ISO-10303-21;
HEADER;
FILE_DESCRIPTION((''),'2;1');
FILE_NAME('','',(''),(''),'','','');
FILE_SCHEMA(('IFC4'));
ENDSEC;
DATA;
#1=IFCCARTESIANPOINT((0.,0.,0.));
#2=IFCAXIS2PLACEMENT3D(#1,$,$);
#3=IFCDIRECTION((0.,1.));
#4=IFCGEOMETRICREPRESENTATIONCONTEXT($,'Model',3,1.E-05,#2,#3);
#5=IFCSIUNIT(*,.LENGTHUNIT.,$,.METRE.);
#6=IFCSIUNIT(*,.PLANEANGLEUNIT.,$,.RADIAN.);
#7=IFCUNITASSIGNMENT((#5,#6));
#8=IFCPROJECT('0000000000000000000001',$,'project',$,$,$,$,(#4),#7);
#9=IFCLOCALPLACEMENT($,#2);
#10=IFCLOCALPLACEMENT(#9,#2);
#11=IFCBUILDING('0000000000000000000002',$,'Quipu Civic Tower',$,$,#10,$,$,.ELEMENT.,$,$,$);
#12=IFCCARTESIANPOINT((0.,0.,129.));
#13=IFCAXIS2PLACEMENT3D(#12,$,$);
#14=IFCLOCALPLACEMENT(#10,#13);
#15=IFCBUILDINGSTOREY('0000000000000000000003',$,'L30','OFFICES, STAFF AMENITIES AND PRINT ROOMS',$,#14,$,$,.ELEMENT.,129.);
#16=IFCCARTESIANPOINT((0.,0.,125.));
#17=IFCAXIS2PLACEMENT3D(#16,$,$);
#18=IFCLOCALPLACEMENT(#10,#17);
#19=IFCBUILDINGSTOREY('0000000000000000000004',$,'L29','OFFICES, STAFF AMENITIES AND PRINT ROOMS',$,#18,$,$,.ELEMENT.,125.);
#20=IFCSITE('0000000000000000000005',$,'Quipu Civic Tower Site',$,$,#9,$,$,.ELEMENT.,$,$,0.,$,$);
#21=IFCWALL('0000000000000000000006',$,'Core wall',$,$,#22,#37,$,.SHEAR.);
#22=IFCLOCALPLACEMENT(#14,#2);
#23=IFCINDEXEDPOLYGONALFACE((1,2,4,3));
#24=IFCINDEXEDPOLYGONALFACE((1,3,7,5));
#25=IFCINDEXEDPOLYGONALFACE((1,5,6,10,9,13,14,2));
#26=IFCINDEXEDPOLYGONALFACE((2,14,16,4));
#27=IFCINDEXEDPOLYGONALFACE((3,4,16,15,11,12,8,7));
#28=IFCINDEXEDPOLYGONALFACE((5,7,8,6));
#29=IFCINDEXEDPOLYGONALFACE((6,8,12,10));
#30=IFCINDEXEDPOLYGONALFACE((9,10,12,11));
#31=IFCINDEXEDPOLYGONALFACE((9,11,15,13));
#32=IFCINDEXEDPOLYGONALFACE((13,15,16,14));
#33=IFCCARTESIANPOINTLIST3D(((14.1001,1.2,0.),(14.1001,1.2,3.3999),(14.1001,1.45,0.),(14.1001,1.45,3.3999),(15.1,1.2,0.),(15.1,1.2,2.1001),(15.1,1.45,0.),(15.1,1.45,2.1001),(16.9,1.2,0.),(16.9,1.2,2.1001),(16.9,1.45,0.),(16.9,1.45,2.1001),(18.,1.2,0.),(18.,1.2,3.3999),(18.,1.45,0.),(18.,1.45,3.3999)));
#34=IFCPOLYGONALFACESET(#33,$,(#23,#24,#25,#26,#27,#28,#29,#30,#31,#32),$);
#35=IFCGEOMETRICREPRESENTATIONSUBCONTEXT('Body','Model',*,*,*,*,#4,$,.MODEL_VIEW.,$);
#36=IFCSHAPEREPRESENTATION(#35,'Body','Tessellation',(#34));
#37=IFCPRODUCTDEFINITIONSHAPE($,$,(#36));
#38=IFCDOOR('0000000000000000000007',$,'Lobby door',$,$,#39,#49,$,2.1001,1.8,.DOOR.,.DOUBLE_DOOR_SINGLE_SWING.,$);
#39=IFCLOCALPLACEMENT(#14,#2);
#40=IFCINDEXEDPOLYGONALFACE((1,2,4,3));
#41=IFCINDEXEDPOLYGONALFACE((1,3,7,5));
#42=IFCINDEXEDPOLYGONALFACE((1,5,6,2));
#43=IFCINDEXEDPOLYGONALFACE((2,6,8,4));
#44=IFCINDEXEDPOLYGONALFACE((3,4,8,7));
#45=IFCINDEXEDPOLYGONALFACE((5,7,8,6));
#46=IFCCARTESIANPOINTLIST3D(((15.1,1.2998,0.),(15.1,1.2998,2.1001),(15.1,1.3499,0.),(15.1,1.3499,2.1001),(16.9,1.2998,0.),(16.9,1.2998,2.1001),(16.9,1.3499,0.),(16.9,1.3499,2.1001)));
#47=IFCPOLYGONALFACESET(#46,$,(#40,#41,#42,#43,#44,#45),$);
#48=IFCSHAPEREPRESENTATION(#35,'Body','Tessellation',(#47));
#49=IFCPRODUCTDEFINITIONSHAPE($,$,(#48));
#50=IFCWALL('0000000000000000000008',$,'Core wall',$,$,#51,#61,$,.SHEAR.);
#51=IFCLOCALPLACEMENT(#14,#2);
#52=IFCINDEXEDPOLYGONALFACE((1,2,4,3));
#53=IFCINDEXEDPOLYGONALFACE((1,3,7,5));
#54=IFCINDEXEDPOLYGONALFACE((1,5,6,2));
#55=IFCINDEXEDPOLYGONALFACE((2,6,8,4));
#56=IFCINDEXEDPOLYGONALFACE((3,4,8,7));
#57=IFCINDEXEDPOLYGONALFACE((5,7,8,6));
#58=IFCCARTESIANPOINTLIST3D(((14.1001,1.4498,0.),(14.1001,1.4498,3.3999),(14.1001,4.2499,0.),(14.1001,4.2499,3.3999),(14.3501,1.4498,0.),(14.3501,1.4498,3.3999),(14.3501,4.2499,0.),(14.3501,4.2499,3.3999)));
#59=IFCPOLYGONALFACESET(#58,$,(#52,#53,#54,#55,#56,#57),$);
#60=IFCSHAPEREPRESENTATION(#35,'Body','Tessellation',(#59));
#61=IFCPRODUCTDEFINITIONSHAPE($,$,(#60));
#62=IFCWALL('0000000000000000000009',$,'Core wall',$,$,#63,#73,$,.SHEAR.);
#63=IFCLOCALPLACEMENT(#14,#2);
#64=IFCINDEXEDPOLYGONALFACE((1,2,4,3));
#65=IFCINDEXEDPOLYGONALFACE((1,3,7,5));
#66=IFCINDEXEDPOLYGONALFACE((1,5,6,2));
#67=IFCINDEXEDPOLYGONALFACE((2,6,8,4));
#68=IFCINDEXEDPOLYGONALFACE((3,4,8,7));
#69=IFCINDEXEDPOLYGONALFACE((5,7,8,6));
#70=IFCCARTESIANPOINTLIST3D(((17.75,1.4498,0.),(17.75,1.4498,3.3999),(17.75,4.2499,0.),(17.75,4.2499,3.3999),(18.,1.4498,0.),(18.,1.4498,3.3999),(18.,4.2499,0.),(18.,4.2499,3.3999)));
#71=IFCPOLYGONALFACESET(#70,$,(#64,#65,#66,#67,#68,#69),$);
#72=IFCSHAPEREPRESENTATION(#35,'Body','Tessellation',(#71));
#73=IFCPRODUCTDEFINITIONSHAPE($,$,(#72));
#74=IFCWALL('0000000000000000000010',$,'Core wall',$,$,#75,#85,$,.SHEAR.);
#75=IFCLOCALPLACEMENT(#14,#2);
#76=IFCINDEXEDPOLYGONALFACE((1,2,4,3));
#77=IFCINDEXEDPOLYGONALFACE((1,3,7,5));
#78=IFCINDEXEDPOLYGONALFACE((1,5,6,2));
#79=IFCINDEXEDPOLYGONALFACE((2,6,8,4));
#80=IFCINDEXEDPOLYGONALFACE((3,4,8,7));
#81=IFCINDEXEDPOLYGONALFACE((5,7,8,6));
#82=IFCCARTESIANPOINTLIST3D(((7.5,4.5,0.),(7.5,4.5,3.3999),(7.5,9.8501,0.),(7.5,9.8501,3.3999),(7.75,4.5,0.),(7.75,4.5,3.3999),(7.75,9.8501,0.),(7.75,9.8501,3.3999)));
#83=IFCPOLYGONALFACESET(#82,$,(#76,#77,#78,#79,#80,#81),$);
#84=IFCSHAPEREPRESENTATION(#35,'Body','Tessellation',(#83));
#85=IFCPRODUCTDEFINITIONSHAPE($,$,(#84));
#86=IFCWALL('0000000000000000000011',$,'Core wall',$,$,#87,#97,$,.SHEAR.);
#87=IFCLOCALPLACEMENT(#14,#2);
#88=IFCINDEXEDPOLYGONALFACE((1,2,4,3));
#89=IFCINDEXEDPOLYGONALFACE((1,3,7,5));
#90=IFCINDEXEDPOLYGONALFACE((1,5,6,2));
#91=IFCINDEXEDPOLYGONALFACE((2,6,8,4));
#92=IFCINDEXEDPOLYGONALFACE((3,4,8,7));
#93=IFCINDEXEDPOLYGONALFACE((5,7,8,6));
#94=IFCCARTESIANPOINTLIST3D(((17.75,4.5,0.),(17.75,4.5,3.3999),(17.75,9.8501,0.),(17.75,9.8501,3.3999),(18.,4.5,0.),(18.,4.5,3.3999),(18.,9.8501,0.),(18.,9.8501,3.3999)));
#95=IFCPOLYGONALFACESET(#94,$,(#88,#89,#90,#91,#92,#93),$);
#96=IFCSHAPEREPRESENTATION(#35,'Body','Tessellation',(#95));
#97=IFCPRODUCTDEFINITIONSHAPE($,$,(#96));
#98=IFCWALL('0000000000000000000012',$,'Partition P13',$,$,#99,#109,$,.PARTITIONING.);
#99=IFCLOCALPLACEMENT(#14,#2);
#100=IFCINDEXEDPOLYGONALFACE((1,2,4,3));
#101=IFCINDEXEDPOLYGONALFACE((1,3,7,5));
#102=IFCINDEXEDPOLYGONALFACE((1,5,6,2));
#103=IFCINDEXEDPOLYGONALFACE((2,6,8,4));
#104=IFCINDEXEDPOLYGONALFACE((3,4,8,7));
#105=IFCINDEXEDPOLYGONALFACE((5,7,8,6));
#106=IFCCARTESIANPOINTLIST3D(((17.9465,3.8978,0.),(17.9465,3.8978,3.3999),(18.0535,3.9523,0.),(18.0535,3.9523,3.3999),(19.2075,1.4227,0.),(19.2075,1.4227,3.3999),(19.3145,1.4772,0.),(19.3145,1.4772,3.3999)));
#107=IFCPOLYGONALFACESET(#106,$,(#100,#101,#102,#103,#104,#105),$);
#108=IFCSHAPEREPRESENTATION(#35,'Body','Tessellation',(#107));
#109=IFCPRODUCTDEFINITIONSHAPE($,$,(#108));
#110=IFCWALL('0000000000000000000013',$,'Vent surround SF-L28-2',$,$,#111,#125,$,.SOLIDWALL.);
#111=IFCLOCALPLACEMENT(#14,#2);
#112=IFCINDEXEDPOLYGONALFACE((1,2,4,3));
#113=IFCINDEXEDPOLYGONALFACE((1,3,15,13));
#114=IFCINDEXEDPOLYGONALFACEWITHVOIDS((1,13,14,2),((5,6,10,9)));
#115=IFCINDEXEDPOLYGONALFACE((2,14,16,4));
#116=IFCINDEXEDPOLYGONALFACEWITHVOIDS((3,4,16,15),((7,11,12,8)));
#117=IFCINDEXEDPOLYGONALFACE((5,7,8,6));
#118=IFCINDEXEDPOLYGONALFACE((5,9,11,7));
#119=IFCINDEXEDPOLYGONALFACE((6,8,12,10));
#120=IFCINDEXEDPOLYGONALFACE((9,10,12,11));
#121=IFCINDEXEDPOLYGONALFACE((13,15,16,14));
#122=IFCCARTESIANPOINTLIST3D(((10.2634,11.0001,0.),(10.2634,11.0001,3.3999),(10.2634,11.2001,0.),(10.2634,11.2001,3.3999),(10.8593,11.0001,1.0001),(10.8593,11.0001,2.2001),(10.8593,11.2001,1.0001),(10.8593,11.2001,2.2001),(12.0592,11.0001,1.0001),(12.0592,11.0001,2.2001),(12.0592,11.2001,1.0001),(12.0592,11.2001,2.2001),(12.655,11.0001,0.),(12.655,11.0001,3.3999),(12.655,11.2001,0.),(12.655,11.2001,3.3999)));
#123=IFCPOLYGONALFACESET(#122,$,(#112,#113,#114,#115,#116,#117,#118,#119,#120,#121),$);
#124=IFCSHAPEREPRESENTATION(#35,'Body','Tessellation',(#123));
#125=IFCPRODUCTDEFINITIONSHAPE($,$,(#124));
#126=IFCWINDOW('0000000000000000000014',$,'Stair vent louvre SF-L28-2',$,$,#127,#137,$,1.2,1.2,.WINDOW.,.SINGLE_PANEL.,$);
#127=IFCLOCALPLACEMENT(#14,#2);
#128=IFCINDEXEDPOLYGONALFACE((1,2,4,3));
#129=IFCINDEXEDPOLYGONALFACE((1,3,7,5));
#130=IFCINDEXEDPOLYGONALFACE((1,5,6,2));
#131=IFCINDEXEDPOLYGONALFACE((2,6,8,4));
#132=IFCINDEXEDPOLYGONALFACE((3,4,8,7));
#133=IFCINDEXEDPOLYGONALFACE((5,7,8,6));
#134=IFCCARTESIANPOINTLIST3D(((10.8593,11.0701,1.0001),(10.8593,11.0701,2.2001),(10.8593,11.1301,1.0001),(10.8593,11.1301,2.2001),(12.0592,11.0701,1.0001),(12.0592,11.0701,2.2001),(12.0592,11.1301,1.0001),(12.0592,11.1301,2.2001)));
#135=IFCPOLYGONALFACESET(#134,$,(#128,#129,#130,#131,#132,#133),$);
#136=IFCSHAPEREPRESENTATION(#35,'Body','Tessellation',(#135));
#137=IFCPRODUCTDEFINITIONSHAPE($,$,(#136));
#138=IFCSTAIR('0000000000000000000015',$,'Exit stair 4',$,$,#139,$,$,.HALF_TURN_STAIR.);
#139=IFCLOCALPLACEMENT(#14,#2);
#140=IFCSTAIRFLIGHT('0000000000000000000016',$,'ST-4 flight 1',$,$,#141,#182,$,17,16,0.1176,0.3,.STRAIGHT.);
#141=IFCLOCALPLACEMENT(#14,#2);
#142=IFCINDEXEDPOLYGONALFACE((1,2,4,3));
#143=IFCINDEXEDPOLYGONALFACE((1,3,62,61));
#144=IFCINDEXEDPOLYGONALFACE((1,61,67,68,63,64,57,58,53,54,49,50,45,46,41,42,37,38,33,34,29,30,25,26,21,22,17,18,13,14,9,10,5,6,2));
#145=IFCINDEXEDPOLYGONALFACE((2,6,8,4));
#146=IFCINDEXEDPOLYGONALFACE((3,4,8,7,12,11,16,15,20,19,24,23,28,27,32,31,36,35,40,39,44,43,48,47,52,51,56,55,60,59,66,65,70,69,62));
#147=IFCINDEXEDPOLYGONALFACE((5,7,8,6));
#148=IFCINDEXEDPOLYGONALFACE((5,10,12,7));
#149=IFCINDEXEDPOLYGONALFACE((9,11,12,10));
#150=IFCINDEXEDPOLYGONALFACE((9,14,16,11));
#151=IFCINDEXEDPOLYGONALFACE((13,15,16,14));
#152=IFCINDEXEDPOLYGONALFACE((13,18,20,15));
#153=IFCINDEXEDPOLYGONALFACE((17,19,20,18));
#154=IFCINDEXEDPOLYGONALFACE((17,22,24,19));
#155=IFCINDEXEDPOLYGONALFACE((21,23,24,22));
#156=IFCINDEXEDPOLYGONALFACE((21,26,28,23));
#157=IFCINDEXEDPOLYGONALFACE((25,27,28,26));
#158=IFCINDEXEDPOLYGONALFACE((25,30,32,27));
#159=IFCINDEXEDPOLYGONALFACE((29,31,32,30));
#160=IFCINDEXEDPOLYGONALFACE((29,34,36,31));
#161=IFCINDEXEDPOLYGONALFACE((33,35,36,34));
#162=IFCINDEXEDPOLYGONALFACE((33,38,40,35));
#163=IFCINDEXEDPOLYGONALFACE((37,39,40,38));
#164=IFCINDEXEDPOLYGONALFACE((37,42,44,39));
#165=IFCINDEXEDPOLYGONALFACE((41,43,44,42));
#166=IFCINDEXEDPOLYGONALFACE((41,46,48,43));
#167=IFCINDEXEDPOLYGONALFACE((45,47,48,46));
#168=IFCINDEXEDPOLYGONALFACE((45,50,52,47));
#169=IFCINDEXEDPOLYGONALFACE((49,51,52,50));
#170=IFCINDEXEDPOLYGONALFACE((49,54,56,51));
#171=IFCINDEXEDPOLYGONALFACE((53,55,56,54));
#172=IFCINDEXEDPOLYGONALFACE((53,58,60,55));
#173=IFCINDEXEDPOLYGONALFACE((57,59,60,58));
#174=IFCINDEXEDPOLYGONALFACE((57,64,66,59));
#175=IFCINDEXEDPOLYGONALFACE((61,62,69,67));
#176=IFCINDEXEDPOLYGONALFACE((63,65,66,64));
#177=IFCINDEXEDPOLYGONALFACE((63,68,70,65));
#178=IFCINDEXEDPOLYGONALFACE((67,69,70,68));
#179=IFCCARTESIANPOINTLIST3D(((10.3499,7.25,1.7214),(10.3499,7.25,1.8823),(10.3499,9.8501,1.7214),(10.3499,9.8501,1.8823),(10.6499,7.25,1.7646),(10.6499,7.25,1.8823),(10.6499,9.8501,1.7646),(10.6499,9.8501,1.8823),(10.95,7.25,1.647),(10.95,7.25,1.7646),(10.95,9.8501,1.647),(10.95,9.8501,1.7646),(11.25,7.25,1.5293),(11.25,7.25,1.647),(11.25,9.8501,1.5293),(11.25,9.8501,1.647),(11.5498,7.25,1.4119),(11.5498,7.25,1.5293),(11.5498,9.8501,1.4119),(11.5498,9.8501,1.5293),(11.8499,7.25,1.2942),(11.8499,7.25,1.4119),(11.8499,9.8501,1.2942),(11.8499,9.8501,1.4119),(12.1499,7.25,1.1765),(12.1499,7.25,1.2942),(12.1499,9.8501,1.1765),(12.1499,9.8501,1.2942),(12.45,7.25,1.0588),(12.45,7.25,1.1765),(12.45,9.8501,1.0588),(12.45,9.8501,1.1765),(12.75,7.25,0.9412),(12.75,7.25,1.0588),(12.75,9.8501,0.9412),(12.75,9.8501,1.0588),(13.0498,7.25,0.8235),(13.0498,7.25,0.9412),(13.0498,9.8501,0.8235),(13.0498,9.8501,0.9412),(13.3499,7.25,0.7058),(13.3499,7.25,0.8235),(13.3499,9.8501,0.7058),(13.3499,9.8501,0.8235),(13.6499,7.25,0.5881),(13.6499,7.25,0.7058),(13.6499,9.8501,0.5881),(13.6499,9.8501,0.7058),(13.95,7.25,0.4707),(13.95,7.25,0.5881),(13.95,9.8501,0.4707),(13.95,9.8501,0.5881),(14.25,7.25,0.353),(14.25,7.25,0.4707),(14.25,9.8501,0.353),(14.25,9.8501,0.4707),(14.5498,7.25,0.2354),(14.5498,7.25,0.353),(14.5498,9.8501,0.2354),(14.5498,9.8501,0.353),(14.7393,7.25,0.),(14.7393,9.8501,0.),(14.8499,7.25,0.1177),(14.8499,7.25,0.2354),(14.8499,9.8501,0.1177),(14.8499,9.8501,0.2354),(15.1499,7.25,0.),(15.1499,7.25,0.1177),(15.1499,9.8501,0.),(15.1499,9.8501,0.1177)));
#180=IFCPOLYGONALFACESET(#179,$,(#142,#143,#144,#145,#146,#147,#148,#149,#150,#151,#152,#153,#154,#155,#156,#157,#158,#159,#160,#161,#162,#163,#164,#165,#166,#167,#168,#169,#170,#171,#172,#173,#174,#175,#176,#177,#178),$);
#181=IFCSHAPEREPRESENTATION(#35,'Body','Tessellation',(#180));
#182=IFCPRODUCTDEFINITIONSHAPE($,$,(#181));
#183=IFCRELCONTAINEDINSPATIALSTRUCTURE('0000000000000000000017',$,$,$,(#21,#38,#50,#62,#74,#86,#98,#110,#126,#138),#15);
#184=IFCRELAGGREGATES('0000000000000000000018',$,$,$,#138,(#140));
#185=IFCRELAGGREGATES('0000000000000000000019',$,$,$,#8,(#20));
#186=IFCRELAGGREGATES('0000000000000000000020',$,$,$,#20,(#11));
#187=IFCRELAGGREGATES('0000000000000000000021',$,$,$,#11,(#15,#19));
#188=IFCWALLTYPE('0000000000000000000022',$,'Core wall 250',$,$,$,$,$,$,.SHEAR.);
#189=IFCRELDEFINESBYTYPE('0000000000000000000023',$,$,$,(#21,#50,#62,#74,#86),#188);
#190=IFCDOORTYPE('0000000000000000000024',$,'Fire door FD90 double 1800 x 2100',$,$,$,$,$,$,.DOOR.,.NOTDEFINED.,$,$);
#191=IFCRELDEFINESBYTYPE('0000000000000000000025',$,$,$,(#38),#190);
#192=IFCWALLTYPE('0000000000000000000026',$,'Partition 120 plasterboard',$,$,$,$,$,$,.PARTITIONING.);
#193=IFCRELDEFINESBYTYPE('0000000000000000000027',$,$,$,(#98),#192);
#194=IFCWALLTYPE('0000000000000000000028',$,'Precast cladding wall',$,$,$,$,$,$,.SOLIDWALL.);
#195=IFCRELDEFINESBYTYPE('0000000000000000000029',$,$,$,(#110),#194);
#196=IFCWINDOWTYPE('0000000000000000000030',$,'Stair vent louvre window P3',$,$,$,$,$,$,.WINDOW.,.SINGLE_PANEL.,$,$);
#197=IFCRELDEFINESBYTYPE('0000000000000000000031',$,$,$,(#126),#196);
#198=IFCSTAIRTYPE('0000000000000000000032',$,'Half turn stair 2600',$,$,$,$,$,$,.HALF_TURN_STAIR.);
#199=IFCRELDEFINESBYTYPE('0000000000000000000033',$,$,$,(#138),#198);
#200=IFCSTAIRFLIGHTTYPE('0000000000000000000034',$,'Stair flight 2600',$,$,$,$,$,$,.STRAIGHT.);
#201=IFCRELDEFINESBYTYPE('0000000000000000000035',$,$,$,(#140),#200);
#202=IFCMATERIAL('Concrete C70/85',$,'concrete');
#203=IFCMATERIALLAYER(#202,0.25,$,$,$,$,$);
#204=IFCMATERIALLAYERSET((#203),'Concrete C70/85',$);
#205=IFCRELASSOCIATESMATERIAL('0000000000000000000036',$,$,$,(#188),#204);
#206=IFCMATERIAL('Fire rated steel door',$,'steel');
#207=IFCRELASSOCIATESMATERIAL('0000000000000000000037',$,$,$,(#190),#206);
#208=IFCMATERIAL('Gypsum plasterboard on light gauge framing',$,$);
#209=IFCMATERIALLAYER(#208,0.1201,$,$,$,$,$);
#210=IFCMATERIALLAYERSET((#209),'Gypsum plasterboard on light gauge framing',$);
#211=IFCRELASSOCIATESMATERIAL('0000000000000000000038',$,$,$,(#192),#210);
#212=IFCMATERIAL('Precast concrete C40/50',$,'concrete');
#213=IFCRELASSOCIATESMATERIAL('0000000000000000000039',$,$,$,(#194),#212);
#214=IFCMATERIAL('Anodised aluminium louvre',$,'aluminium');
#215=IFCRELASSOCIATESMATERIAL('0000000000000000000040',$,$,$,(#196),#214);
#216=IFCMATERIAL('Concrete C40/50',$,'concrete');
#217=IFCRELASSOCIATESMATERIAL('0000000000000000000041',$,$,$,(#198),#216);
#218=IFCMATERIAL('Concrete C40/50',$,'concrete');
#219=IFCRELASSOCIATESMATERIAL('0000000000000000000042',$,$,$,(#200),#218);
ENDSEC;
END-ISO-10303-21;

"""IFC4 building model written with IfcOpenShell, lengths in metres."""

from ifc_helpers import new_model, si_unit, direction, frame, frame_2d, origin, place, context, subcontext, project, spatial, polyline, rectangle, outline, extrude, material, layer, layer_set, type_object, element, fill, aggregate, save


model = new_model("IFC4")

# Units and contexts
model_context = context("Model", 3, precision=1e-05, world=origin(), true_north=direction((0.0, 1.0)))
body_context = subcontext(model_context, "Body", "Model", "MODEL_VIEW")
ifc_project = project(units=[si_unit("LENGTHUNIT", "METRE"), si_unit("PLANEANGLEUNIT", "RADIAN")], contexts=[model_context])

# Site, building, storey
site_placement = place(None, origin())
site = spatial("IfcSite", under=ifc_project, at=site_placement, Name="Quipu Civic Tower Site", CompositionType="ELEMENT", RefElevation=0.0)
building_placement = place(site_placement, origin())
building = spatial("IfcBuilding", under=site, at=building_placement, Name="Quipu Civic Tower", CompositionType="ELEMENT")
storey_1_placement = place(building_placement, frame((0.0, 0.0, 129.0)))
storey_1 = spatial("IfcBuildingStorey", under=building, at=storey_1_placement, Name="L30", Description="OFFICES, STAFF AMENITIES AND PRINT ROOMS", CompositionType="ELEMENT", Elevation=129.0)

# Shared definitions
storey_2_placement = place(building_placement, frame((0.0, 0.0, 125.0)))
storey_2 = spatial("IfcBuildingStorey", under=building, at=storey_2_placement, Name="L29", Description="OFFICES, STAFF AMENITIES AND PRINT ROOMS", CompositionType="ELEMENT", Elevation=125.0)

# Wall, opening, door
ifc_material_1 = material(Name="Concrete C70/85", Category="concrete")
ifc_layer_1 = layer(ifc_material_1, 0.25)
ifc_layer_set_1 = layer_set([ifc_layer_1], Name="Concrete C70/85")
wall_type_1 = type_object("IfcWallType", Name="Core wall 250", PredefinedType="SHEAR", material=ifc_layer_set_1)
wall_1_placement = place(storey_1_placement, frame((14.1001, 1.325, 0.0), z_axis=(0.0, 0.0, 1.0), x_axis=(1.0, 0.0, 0.0)))
wall_1 = element("IfcWall", 1, at=wall_1_placement, inside=storey_1, type_object=wall_type_1, Name="Core wall", PredefinedType="SHEAR", context=body_context, shape_type="SweptSolid", body=[
    extrude(rectangle(XDim=3.8999, YDim=0.25, at=frame_2d((1.95, 0.0))), origin(), (0.0, 0.0, 1.0), 3.3999),
])
opening_1_placement = place(wall_1_placement, frame((1.0, 0.0, 0.0)))
opening_1 = element("IfcOpeningElement", 2, at=opening_1_placement, cuts=wall_1, PredefinedType="OPENING", context=body_context, shape_type="SweptSolid", body=[
    extrude(rectangle(XDim=1.8, YDim=2.1001, at=frame_2d((0.8999, 1.05))), frame((0.0, 0.135, 0.0), z_axis=(0.0, -1.0, 0.0), x_axis=(1.0, 0.0, 0.0)), (0.0, 0.0, 1.0), 0.27),
])
ifc_material_2 = material(Name="Fire rated steel door", Category="steel")
door_type = type_object("IfcDoorType", Name="Fire door FD90 double 1800 x 2100", OperationType="NOTDEFINED", PredefinedType="DOOR", material=ifc_material_2)
door_placement = place(opening_1_placement, origin())
door = element("IfcDoor", 3, at=door_placement, inside=storey_1, type_object=door_type, Name="Lobby door", OperationType="DOUBLE_DOOR_SINGLE_SWING", OverallHeight=2.1001, OverallWidth=1.8, PredefinedType="DOOR", context=body_context, shape_type="SweptSolid", body=[
    extrude(rectangle(XDim=1.8, YDim=2.1001, at=frame_2d((0.8999, 1.05))), frame((0.0, 0.0249, 0.0), z_axis=(0.0, -1.0, 0.0), x_axis=(1.0, 0.0, 0.0)), (0.0, 0.0, 1.0), 0.05),
])
fill(opening_1, door)

# Walls
for number, where, z_axis, x_axis, name in (
    (4, (14.2251, 1.45, 0.0), (0.0, 0.0, 1.0), (0.0, 1.0, 0.0), "Core wall"),
    (5, (17.875, 1.45, 0.0), (0.0, 0.0, 1.0), (0.0, 1.0, 0.0), "Core wall"),
):
    element("IfcWall", number, at=place(storey_1_placement, frame(where, z_axis=z_axis, x_axis=x_axis)), inside=storey_1, type_object=wall_type_1, Name=name, PredefinedType="SHEAR", context=body_context, shape_type="SweptSolid", body=[
        extrude(rectangle(XDim=2.8, YDim=0.25, at=frame_2d((1.3999, 0.0))), origin(), (0.0, 0.0, 1.0), 3.3999),
    ])
for number, where, z_axis, x_axis, name in (
    (6, (7.625, 4.5, 0.0), (0.0, 0.0, 1.0), (0.0, 1.0, 0.0), "Core wall"),
    (7, (17.875, 4.5, 0.0), (0.0, 0.0, 1.0), (0.0, 1.0, 0.0), "Core wall"),
):
    element("IfcWall", number, at=place(storey_1_placement, frame(where, z_axis=z_axis, x_axis=x_axis)), inside=storey_1, type_object=wall_type_1, Name=name, PredefinedType="SHEAR", context=body_context, shape_type="SweptSolid", body=[
        extrude(rectangle(XDim=5.3501, YDim=0.25, at=frame_2d((2.675, 0.0))), origin(), (0.0, 0.0, 1.0), 3.3999),
    ])
ifc_material_3 = material(Name="Gypsum plasterboard on light gauge framing")
ifc_layer_2 = layer(ifc_material_3, 0.1201)
ifc_layer_set_2 = layer_set([ifc_layer_2], Name="Gypsum plasterboard on light gauge framing")
wall_type_2 = type_object("IfcWallType", Name="Partition 120 plasterboard", PredefinedType="PARTITIONING", material=ifc_layer_set_2)
wall_2_placement = place(storey_1_placement, frame((18.0, 3.925, 0.0), z_axis=(0.0, 0.0, 1.0), x_axis=(0.453951, -0.891027, 0.0)))
element("IfcWall", 8, at=wall_2_placement, inside=storey_1, type_object=wall_type_2, Name="Partition P13", PredefinedType="PARTITIONING", context=body_context, shape_type="SweptSolid", body=[
    extrude(rectangle(XDim=2.7778, YDim=0.1201, at=frame_2d((1.3889, 0.0))), origin(), (0.0, 0.0, 1.0), 3.3999),
])

# Wall, opening, window
ifc_material_4 = material(Name="Precast concrete C40/50", Category="concrete")
wall_type_3 = type_object("IfcWallType", Name="Precast cladding wall", PredefinedType="SOLIDWALL", material=ifc_material_4)
wall_3_placement = place(storey_1_placement, frame((12.655, 11.1001, 0.0), z_axis=(0.0, 0.0, 1.0), x_axis=(-1.0, 0.0, 0.0)))
wall_3 = element("IfcWall", 9, at=wall_3_placement, inside=storey_1, type_object=wall_type_3, Name="Vent surround SF-L28-2", PredefinedType="SOLIDWALL", context=body_context, shape_type="SweptSolid", body=[
    extrude(rectangle(XDim=2.3916, YDim=0.2, at=frame_2d((1.1958, 0.0))), origin(), (0.0, 0.0, 1.0), 3.3999),
])
opening_2_placement = place(wall_3_placement, frame((0.5957, 0.0, 1.0)))
opening_2 = element("IfcOpeningElement", 10, at=opening_2_placement, cuts=wall_3, PredefinedType="OPENING", context=body_context, shape_type="SweptSolid", body=[
    extrude(rectangle(XDim=1.2, YDim=1.2, at=frame_2d((0.6001, 0.6001))), frame((0.0, 0.1099, 0.0), z_axis=(0.0, -1.0, 0.0), x_axis=(1.0, 0.0, 0.0)), (0.0, 0.0, 1.0), 0.22),
])
ifc_material_5 = material(Name="Anodised aluminium louvre", Category="aluminium")
window_type = type_object("IfcWindowType", Name="Stair vent louvre window P3", PartitioningType="SINGLE_PANEL", PredefinedType="WINDOW", material=ifc_material_5)
window_placement = place(opening_2_placement, origin())
window = element("IfcWindow", 11, at=window_placement, inside=storey_1, type_object=window_type, Name="Stair vent louvre SF-L28-2", OverallHeight=1.2, OverallWidth=1.2, PartitioningType="SINGLE_PANEL", PredefinedType="WINDOW", context=body_context, shape_type="SweptSolid", body=[
    extrude(rectangle(XDim=1.2, YDim=1.2, at=frame_2d((0.6001, 0.6001))), frame((0.0, 0.03, 0.0), z_axis=(0.0, -1.0, 0.0), x_axis=(1.0, 0.0, 0.0)), (0.0, 0.0, 1.0), 0.0601),
])
fill(opening_2, window)

# Stair, stair flight
ifc_material_6 = material(Name="Concrete C40/50", Category="concrete")
stair_type = type_object("IfcStairType", Name="Half turn stair 2600", PredefinedType="HALF_TURN_STAIR", material=ifc_material_6)
stair_placement = place(storey_1_placement, origin())
stair = element("IfcStair", 12, at=stair_placement, inside=storey_1, type_object=stair_type, Name="Exit stair 4", PredefinedType="HALF_TURN_STAIR")
ifc_material_7 = material(Name="Concrete C40/50", Category="concrete")
stair_flight_type = type_object("IfcStairFlightType", Name="Stair flight 2600", PredefinedType="STRAIGHT", material=ifc_material_7)
stair_flight_1_placement = place(storey_1_placement, frame((15.1499, 8.55, 0.0), z_axis=(0.0, 0.0, 1.0), x_axis=(-1.0, 0.0, 0.0)))
stair_flight_1 = element("IfcStairFlight", 13, at=stair_flight_1_placement, type_object=stair_flight_type, Name="ST-4 flight 1", NumberOfRisers=17, NumberOfTreads=16, PredefinedType="STRAIGHT", RiserHeight=0.1176, TreadLength=0.3, context=body_context, shape_type="SweptSolid", body=[
    extrude(outline(polyline([(0.0, 0.0), (0.0, 0.1177), (0.3, 0.1177), (0.3, 0.2354), (0.6001, 0.2354), (0.6001, 0.353), (0.8999, 0.353), (0.8999, 0.4707), (1.2, 0.4707), (1.2, 0.5881), (1.5, 0.5881), (1.5, 0.7058), (1.8, 0.7058), (1.8, 0.8235), (2.1001, 0.8235), (2.1001, 0.9412), (2.3999, 0.9412), (2.3999, 1.0588), (2.7, 1.0588), (2.7, 1.1765), (3.0, 1.1765), (3.0, 1.2942), (3.3, 1.2942), (3.3, 1.4119), (3.6001, 1.4119), (3.6001, 1.5293), (3.8999, 1.5293), (3.8999, 1.647), (4.2, 1.647), (4.2, 1.7646), (4.5, 1.7646), (4.5, 1.8823), (4.8, 1.8823), (4.8, 2.0), (4.8, 1.7214), (0.4106, 0.0), (0.0, 0.0)])), frame((0.0, 1.3, 0.0), z_axis=(0.0, -1.0, 0.0), x_axis=(1.0, 0.0, 0.0)), (0.0, 0.0, 1.0), 2.6001),
])
aggregate(stair, [stair_flight_1])

save(model, "model.ifc")
